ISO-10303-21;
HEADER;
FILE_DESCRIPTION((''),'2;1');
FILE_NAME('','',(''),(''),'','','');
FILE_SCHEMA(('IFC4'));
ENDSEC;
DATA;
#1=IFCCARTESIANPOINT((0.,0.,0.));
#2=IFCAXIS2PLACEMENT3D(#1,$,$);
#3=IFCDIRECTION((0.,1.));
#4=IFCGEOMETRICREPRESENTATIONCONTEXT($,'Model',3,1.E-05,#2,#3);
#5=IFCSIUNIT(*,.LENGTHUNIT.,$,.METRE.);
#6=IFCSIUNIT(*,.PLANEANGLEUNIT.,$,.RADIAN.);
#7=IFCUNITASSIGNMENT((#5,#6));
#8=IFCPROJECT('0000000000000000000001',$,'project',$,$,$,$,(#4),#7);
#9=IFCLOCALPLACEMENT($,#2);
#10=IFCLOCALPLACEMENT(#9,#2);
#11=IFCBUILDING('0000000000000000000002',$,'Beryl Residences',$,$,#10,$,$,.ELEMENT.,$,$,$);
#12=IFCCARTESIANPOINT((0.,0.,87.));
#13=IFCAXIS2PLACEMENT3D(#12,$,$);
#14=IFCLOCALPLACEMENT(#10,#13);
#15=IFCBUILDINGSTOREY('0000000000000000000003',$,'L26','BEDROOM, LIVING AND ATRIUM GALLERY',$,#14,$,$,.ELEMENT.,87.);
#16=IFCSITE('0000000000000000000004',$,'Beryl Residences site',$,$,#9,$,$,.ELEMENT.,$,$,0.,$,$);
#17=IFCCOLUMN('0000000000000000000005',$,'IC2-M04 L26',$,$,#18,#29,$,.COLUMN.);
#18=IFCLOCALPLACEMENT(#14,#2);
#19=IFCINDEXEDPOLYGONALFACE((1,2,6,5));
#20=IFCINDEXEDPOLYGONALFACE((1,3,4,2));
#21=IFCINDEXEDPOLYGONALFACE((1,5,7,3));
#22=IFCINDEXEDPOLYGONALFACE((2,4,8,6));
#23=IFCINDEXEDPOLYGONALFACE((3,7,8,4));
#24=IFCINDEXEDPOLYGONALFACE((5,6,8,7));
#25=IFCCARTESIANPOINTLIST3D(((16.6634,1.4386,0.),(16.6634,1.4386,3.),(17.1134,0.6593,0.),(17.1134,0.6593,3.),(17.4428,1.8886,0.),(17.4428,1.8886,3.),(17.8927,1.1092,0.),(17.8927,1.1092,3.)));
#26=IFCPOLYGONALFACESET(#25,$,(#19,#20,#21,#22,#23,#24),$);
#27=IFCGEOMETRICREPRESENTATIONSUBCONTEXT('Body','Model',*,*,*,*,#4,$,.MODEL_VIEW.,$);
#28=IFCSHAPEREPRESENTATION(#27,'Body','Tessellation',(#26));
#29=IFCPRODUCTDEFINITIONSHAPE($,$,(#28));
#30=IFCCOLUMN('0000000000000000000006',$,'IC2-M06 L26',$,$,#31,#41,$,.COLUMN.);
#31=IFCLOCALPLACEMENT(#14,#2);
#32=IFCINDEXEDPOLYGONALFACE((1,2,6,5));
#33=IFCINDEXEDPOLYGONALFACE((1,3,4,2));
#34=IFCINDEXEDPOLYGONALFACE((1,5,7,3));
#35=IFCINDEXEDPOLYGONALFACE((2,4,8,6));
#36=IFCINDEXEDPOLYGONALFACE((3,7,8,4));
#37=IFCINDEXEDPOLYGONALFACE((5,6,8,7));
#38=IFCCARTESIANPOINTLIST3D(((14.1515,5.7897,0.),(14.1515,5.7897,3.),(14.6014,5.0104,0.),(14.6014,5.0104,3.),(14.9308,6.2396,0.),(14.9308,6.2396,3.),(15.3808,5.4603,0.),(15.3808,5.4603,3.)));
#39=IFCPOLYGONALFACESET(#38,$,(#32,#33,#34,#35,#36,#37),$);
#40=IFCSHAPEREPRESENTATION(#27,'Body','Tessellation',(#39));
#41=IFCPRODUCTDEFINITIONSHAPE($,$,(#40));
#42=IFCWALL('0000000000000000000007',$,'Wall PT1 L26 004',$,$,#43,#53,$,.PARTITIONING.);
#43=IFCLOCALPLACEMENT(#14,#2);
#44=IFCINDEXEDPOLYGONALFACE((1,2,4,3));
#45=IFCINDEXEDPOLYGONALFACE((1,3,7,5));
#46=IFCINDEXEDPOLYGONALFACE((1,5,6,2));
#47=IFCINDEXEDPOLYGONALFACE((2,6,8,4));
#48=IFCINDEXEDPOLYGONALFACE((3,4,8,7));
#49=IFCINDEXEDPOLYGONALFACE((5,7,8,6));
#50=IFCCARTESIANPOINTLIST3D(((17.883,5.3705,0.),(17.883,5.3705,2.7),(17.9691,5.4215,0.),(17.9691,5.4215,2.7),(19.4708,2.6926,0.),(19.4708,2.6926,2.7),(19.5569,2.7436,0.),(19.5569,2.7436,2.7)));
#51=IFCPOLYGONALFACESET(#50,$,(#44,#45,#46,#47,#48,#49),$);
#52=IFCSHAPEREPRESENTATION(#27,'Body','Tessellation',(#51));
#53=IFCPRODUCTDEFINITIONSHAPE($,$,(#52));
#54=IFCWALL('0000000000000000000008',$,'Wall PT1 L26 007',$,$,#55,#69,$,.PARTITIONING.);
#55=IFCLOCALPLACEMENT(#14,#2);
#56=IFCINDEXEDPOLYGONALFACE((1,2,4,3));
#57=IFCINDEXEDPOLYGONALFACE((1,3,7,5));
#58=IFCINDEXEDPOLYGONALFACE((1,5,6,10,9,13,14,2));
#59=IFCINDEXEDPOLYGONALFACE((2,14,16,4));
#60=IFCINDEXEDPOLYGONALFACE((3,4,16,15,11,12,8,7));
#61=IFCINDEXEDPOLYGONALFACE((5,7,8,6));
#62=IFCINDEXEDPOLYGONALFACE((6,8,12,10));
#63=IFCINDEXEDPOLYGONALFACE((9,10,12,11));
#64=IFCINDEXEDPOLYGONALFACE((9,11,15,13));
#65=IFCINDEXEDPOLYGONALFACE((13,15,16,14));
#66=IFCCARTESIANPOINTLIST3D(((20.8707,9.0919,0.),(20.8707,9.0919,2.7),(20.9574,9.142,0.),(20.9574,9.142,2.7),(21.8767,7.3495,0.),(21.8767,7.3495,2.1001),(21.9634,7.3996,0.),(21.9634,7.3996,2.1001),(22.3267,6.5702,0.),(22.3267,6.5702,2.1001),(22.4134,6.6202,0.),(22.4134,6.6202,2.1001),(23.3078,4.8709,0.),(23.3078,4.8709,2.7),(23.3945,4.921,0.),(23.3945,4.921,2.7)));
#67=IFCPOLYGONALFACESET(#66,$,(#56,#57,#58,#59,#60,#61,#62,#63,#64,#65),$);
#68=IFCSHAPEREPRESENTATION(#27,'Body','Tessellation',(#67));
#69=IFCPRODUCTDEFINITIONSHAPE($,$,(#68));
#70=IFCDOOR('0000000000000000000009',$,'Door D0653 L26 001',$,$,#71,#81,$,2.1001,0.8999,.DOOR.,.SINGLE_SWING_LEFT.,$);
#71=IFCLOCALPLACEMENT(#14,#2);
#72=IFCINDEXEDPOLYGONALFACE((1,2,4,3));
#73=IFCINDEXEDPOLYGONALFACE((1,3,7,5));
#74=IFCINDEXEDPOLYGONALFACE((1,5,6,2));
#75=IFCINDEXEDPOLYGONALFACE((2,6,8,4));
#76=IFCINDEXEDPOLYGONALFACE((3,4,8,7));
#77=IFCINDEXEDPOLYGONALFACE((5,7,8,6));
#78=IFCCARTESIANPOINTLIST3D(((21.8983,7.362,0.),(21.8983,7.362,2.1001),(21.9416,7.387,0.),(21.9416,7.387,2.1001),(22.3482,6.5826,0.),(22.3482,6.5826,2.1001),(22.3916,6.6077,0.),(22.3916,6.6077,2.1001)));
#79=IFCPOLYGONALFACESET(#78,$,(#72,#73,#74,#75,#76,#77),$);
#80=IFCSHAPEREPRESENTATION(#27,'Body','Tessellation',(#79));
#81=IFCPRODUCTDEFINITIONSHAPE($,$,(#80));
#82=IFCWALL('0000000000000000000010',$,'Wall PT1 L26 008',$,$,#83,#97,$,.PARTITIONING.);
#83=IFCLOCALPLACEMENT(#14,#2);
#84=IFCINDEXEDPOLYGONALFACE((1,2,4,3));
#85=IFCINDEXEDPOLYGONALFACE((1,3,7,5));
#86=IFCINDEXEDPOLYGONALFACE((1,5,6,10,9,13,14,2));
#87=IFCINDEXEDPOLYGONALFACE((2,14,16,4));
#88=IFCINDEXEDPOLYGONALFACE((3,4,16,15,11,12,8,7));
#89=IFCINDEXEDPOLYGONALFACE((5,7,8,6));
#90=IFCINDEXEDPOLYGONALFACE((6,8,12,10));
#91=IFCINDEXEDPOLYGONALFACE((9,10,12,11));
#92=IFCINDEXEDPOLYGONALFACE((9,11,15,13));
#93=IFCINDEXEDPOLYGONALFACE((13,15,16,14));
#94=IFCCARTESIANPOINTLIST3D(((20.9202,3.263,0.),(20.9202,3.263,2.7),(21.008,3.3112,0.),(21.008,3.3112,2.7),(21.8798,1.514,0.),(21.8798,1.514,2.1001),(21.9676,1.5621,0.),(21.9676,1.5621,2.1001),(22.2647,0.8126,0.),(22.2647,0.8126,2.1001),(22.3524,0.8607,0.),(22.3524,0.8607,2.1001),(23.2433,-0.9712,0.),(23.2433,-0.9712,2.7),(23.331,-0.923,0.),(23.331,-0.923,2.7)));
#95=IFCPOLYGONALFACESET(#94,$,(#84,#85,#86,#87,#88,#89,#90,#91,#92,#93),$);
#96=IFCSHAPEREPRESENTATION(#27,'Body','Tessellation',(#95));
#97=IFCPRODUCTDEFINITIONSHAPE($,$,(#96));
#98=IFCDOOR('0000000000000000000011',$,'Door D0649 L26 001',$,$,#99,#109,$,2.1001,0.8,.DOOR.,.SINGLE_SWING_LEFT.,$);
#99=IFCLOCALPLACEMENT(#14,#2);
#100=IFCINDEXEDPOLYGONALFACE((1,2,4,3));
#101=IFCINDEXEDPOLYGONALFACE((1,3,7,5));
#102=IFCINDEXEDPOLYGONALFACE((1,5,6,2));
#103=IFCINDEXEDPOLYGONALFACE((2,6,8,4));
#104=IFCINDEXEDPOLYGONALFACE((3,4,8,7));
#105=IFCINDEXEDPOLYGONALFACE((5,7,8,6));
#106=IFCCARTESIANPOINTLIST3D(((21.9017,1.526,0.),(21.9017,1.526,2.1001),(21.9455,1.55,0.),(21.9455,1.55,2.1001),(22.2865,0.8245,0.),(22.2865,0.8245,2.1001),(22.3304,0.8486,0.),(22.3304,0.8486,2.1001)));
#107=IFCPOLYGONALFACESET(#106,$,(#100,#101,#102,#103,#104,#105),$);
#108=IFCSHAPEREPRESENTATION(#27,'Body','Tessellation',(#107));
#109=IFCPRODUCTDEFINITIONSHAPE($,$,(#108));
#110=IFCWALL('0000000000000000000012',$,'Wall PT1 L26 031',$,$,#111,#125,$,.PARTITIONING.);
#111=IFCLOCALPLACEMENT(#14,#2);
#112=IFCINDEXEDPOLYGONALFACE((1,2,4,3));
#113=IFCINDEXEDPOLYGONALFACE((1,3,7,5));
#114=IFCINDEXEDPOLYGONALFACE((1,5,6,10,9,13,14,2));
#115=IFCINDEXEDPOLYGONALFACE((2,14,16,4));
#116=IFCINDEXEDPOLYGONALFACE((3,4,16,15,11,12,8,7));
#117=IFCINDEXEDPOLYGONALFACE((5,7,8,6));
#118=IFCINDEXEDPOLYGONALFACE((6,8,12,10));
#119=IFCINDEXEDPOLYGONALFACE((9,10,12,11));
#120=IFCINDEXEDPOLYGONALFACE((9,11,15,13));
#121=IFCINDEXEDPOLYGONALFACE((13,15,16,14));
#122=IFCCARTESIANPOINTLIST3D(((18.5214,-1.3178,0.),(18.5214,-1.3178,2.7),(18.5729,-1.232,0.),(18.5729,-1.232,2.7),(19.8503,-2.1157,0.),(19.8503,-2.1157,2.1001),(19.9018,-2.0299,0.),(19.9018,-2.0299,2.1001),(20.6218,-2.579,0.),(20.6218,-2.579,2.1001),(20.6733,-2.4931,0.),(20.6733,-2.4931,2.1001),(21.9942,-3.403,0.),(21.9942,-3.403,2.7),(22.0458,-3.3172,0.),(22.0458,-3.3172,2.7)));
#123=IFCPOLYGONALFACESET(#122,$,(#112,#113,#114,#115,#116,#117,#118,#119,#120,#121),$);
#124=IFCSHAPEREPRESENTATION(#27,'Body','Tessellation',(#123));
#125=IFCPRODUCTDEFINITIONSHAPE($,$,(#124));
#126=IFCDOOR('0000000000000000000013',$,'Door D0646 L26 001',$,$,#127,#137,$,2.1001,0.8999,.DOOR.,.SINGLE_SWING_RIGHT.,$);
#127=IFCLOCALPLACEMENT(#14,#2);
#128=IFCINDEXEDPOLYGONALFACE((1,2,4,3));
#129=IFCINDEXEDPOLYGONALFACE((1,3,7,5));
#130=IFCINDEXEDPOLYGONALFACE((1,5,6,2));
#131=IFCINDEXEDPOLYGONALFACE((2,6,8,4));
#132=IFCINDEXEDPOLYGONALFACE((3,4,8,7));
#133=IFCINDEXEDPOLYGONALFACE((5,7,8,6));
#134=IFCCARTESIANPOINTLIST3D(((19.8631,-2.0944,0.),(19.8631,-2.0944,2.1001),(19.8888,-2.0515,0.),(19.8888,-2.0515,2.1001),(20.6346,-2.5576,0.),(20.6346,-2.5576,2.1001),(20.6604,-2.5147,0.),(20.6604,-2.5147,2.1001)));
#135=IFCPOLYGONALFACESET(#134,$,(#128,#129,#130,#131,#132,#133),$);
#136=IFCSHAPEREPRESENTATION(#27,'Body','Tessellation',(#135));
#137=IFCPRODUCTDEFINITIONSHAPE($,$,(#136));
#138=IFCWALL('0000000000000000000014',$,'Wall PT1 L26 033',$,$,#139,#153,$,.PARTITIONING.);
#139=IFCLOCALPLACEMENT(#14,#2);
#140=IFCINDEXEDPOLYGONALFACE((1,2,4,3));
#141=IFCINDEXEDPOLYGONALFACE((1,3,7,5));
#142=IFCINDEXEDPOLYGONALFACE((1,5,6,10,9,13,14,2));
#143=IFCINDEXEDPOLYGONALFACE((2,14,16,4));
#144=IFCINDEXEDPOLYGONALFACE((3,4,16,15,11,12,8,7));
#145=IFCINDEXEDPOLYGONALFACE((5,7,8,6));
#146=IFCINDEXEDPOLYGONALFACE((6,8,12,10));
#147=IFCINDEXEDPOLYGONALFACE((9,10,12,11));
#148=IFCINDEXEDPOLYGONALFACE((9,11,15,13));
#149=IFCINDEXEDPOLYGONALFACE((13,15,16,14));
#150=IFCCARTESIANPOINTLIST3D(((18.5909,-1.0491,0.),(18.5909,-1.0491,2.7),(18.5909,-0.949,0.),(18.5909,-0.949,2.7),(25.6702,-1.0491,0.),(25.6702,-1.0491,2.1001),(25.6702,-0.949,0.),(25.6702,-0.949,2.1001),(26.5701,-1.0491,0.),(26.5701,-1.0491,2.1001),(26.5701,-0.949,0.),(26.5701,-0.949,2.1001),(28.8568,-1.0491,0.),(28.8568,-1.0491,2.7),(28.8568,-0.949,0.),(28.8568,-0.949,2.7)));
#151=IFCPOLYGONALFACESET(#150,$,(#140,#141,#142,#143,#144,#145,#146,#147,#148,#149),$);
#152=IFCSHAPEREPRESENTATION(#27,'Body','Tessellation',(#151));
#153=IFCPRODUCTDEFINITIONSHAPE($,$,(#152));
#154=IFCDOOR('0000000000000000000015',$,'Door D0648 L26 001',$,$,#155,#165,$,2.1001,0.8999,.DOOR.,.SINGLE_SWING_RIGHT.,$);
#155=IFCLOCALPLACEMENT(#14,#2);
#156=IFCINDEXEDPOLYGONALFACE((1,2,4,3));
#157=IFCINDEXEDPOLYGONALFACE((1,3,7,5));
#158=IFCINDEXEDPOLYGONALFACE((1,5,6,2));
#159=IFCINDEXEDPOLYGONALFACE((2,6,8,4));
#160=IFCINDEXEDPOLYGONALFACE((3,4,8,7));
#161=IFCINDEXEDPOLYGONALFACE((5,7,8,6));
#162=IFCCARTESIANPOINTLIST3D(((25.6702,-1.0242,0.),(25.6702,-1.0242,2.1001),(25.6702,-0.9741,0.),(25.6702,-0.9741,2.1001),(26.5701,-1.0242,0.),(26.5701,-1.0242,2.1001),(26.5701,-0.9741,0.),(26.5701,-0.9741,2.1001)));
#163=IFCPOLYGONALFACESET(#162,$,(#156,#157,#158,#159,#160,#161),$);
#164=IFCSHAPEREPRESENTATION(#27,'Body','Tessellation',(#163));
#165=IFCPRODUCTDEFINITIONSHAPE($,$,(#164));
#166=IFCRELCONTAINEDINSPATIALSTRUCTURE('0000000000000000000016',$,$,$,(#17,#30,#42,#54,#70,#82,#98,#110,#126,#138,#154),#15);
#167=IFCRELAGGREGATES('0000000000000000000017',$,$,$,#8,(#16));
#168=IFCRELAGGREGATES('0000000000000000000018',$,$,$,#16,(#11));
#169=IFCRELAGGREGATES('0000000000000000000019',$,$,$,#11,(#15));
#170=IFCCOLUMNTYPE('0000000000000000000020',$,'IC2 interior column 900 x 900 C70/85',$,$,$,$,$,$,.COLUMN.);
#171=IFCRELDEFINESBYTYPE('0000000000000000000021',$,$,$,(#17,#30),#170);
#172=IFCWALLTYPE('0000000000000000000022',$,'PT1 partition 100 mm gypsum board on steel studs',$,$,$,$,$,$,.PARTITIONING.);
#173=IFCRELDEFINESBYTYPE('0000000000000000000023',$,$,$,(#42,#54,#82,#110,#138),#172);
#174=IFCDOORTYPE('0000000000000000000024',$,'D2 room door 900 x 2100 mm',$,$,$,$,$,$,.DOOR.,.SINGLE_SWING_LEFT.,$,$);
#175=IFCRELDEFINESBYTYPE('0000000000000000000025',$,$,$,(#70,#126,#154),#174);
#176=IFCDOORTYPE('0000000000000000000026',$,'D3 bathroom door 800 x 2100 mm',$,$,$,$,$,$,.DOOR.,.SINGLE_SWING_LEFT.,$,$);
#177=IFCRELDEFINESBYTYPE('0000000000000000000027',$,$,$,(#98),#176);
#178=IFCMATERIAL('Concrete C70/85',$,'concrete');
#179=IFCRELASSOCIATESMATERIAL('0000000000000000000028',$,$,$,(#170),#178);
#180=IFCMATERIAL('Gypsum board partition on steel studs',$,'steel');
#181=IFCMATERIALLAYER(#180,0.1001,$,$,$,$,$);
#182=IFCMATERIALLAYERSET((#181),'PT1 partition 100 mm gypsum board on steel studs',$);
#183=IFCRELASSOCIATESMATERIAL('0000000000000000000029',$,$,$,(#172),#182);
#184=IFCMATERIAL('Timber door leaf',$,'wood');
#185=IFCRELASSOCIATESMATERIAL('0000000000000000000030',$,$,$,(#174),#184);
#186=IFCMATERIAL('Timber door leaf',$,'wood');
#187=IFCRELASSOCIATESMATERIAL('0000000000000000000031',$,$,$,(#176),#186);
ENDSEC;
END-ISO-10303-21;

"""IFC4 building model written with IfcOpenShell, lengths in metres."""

from ifc_helpers import new_model, si_unit, direction, frame, frame_2d, origin, origin_2d, place, context, subcontext, project, spatial, rectangle, extrude, material, layer, layer_set, material_profile, profile_set, type_object, element, fill, save


model = new_model("IFC4")

# Units and contexts
model_context = context("Model", 3, precision=1e-05, world=origin(), true_north=direction((0.0, 1.0)))
body_context = subcontext(model_context, "Body", "Model", "MODEL_VIEW")
ifc_project = project(units=[si_unit("LENGTHUNIT", "METRE"), si_unit("PLANEANGLEUNIT", "RADIAN")], contexts=[model_context])

# Site, building, storey
site_placement = place(None, origin())
site = spatial("IfcSite", under=ifc_project, at=site_placement, Name="Beryl Residences site", CompositionType="ELEMENT", RefElevation=0.0)
building_placement = place(site_placement, origin())
building = spatial("IfcBuilding", under=site, at=building_placement, Name="Beryl Residences", CompositionType="ELEMENT")
storey_placement = place(building_placement, frame((0.0, 0.0, 87.0)))
storey = spatial("IfcBuildingStorey", under=building, at=storey_placement, Name="L26", Description="BEDROOM, LIVING AND ATRIUM GALLERY", CompositionType="ELEMENT", Elevation=87.0)

# Columns
ifc_material_1 = material(Name="Concrete C70/85", Category="concrete")
ifc_material_profile = material_profile(ifc_material_1, rectangle(XDim=0.8999, YDim=0.8999, at=origin_2d()))
ifc_profile_set = profile_set([ifc_material_profile], Name="Concrete C70/85")
column_type = type_object("IfcColumnType", Name="IC2 interior column 900 x 900 C70/85", PredefinedType="COLUMN", material=ifc_profile_set)
for number, where, z_axis, x_axis, name in (
    (1, (17.2781, 1.2739, 0.0), (0.0, 0.0, 1.0), (-0.5, 0.866025, 0.0), "IC2-M04 L26"),
    (2, (14.7661, 5.625, 0.0), (0.0, 0.0, 1.0), (-0.5, 0.866025, 0.0), "IC2-M06 L26"),
):
    element("IfcColumn", number, at=place(storey_placement, frame(where, z_axis=z_axis, x_axis=x_axis)), inside=storey, type_object=column_type, Name=name, PredefinedType="COLUMN", context=body_context, shape_type="SweptSolid", body=[
        extrude(rectangle(XDim=0.8999, YDim=0.8999, at=origin_2d()), origin(), (0.0, 0.0, 1.0), 3.0),
    ])

# Wall
ifc_material_2 = material(Name="Gypsum board partition on steel studs", Category="steel")
ifc_layer_1 = layer(ifc_material_2, 0.1001)
ifc_layer_set_1 = layer_set([ifc_layer_1], Name="PT1 partition 100 mm gypsum board on steel studs")
wall_type_1 = type_object("IfcWallType", Name="PT1 partition 100 mm gypsum board on steel studs", PredefinedType="PARTITIONING", material=ifc_layer_set_1)
wall_1_placement = place(storey_placement, frame((17.926, 5.396, 0.0), z_axis=(0.0, 0.0, 1.0), x_axis=(0.510026, -0.860159, 0.0)))
element("IfcWall", 3, at=wall_1_placement, inside=storey, type_object=wall_type_1, Name="Wall PT1 L26 004", PredefinedType="PARTITIONING", context=body_context, shape_type="SweptSolid", body=[
    extrude(rectangle(XDim=3.1133, YDim=0.1001, at=frame_2d((1.5566, 0.0))), origin(), (0.0, 0.0, 1.0), 2.7),
])

# Walls, openings, doors
wall_2_placement = place(storey_placement, frame((20.9141, 9.1169, 0.0), z_axis=(0.0, 0.0, 1.0), x_axis=(0.500007, -0.866021, 0.0)))
wall_2 = element("IfcWall", 4, at=wall_2_placement, inside=storey, type_object=wall_type_1, Name="Wall PT1 L26 007", PredefinedType="PARTITIONING", context=body_context, shape_type="SweptSolid", body=[
    extrude(rectangle(XDim=4.874, YDim=0.1001, at=frame_2d((2.437, 0.0))), origin(), (0.0, 0.0, 1.0), 2.7),
])
opening_1_placement = place(wall_2_placement, frame((2.012, 0.0, 0.0)))
opening_1 = element("IfcOpeningElement", 5, at=opening_1_placement, cuts=wall_2, PredefinedType="OPENING", context=body_context, shape_type="SweptSolid", body=[
    extrude(rectangle(XDim=0.8999, YDim=2.1001, at=frame_2d((0.45, 1.05))), frame((0.0, 0.0601, 0.0), z_axis=(0.0, -1.0, 0.0), x_axis=(1.0, 0.0, 0.0)), (0.0, 0.0, 1.0), 0.1201),
])
ifc_material_3 = material(Name="Timber door leaf", Category="wood")
door_type_1 = type_object("IfcDoorType", Name="D2 room door 900 x 2100 mm", OperationType="SINGLE_SWING_LEFT", PredefinedType="DOOR", material=ifc_material_3)
door_1_placement = place(opening_1_placement, origin())
door_1 = element("IfcDoor", 6, at=door_1_placement, inside=storey, type_object=door_type_1, Name="Door D0653 L26 001", OperationType="SINGLE_SWING_LEFT", OverallHeight=2.1001, OverallWidth=0.8999, PredefinedType="DOOR", context=body_context, shape_type="SweptSolid", body=[
    extrude(rectangle(XDim=0.8999, YDim=2.1001, at=frame_2d((0.45, 1.05))), frame((0.0, 0.0249, 0.0), z_axis=(0.0, -1.0, 0.0), x_axis=(1.0, 0.0, 0.0)), (0.0, 0.0, 1.0), 0.05),
])
fill(opening_1, door_1)
wall_3_placement = place(storey_placement, frame((20.9641, 3.2871, 0.0), z_axis=(0.0, 0.0, 1.0), x_axis=(0.481001, -0.87672, 0.0)))
wall_3 = element("IfcWall", 7, at=wall_3_placement, inside=storey, type_object=wall_type_1, Name="Wall PT1 L26 008", PredefinedType="PARTITIONING", context=body_context, shape_type="SweptSolid", body=[
    extrude(rectangle(XDim=4.8296, YDim=0.1001, at=frame_2d((2.4148, 0.0))), origin(), (0.0, 0.0, 1.0), 2.7),
])
opening_2_placement = place(wall_3_placement, frame((1.9951, 0.0, 0.0)))
opening_2 = element("IfcOpeningElement", 8, at=opening_2_placement, cuts=wall_3, PredefinedType="OPENING", context=body_context, shape_type="SweptSolid", body=[
    extrude(rectangle(XDim=0.8, YDim=2.1001, at=frame_2d((0.3999, 1.05))), frame((0.0, 0.0601, 0.0), z_axis=(0.0, -1.0, 0.0), x_axis=(1.0, 0.0, 0.0)), (0.0, 0.0, 1.0), 0.1201),
])
ifc_material_4 = material(Name="Timber door leaf", Category="wood")
door_type_2 = type_object("IfcDoorType", Name="D3 bathroom door 800 x 2100 mm", OperationType="SINGLE_SWING_LEFT", PredefinedType="DOOR", material=ifc_material_4)
door_2_placement = place(opening_2_placement, origin())
door_2 = element("IfcDoor", 9, at=door_2_placement, inside=storey, type_object=door_type_2, Name="Door D0649 L26 001", OperationType="SINGLE_SWING_LEFT", OverallHeight=2.1001, OverallWidth=0.8, PredefinedType="DOOR", context=body_context, shape_type="SweptSolid", body=[
    extrude(rectangle(XDim=0.8, YDim=2.1001, at=frame_2d((0.3999, 1.05))), frame((0.0, 0.0249, 0.0), z_axis=(0.0, -1.0, 0.0), x_axis=(1.0, 0.0, 0.0)), (0.0, 0.0, 1.0), 0.05),
])
fill(opening_2, door_2)
wall_4_placement = place(storey_placement, frame((18.5471, -1.2749, 0.0), z_axis=(0.0, 0.0, 1.0), x_axis=(0.857333, -0.514762, 0.0)))
wall_4 = element("IfcWall", 10, at=wall_4_placement, inside=storey, type_object=wall_type_1, Name="Wall PT1 L26 031", PredefinedType="PARTITIONING", context=body_context, shape_type="SweptSolid", body=[
    extrude(rectangle(XDim=4.0508, YDim=0.1001, at=frame_2d((2.0254, 0.0))), origin(), (0.0, 0.0, 1.0), 2.7),
])
opening_3_placement = place(wall_4_placement, frame((1.55, 0.0, 0.0)))
opening_3 = element("IfcOpeningElement", 11, at=opening_3_placement, cuts=wall_4, PredefinedType="OPENING", context=body_context, shape_type="SweptSolid", body=[
    extrude(rectangle(XDim=0.8999, YDim=2.1001, at=frame_2d((0.45, 1.05))), frame((0.0, 0.0601, 0.0), z_axis=(0.0, -1.0, 0.0), x_axis=(1.0, 0.0, 0.0)), (0.0, 0.0, 1.0), 0.1201),
])
door_3_placement = place(opening_3_placement, origin())
door_3 = element("IfcDoor", 12, at=door_3_placement, inside=storey, type_object=door_type_1, Name="Door D0646 L26 001", OperationType="SINGLE_SWING_RIGHT", OverallHeight=2.1001, OverallWidth=0.8999, PredefinedType="DOOR", context=body_context, shape_type="SweptSolid", body=[
    extrude(rectangle(XDim=0.8999, YDim=2.1001, at=frame_2d((0.45, 1.05))), frame((0.0, 0.0249, 0.0), z_axis=(0.0, -1.0, 0.0), x_axis=(1.0, 0.0, 0.0)), (0.0, 0.0, 1.0), 0.05),
])
fill(opening_3, door_3)
wall_5_placement = place(storey_placement, frame((18.5911, -0.999, 0.0), z_axis=(0.0, 0.0, 1.0), x_axis=(1.0, 0.0, 0.0)))
wall_5 = element("IfcWall", 13, at=wall_5_placement, inside=storey, type_object=wall_type_1, Name="Wall PT1 L26 033", PredefinedType="PARTITIONING", context=body_context, shape_type="SweptSolid", body=[
    extrude(rectangle(XDim=10.2659, YDim=0.1001, at=frame_2d((5.1328, 0.0))), origin(), (0.0, 0.0, 1.0), 2.7),
])
opening_4_placement = place(wall_5_placement, frame((7.0791, 0.0, 0.0)))
opening_4 = element("IfcOpeningElement", 14, at=opening_4_placement, cuts=wall_5, PredefinedType="OPENING", context=body_context, shape_type="SweptSolid", body=[
    extrude(rectangle(XDim=0.8999, YDim=2.1001, at=frame_2d((0.45, 1.05))), frame((0.0, 0.0601, 0.0), z_axis=(0.0, -1.0, 0.0), x_axis=(1.0, 0.0, 0.0)), (0.0, 0.0, 1.0), 0.1201),
])
door_4_placement = place(opening_4_placement, origin())
door_4 = element("IfcDoor", 15, at=door_4_placement, inside=storey, type_object=door_type_1, Name="Door D0648 L26 001", OperationType="SINGLE_SWING_RIGHT", OverallHeight=2.1001, OverallWidth=0.8999, PredefinedType="DOOR", context=body_context, shape_type="SweptSolid", body=[
    extrude(rectangle(XDim=0.8999, YDim=2.1001, at=frame_2d((0.45, 1.05))), frame((0.0, 0.0249, 0.0), z_axis=(0.0, -1.0, 0.0), x_axis=(1.0, 0.0, 0.0)), (0.0, 0.0, 1.0), 0.05),
])
fill(opening_4, door_4)

save(model, "model.ifc")
